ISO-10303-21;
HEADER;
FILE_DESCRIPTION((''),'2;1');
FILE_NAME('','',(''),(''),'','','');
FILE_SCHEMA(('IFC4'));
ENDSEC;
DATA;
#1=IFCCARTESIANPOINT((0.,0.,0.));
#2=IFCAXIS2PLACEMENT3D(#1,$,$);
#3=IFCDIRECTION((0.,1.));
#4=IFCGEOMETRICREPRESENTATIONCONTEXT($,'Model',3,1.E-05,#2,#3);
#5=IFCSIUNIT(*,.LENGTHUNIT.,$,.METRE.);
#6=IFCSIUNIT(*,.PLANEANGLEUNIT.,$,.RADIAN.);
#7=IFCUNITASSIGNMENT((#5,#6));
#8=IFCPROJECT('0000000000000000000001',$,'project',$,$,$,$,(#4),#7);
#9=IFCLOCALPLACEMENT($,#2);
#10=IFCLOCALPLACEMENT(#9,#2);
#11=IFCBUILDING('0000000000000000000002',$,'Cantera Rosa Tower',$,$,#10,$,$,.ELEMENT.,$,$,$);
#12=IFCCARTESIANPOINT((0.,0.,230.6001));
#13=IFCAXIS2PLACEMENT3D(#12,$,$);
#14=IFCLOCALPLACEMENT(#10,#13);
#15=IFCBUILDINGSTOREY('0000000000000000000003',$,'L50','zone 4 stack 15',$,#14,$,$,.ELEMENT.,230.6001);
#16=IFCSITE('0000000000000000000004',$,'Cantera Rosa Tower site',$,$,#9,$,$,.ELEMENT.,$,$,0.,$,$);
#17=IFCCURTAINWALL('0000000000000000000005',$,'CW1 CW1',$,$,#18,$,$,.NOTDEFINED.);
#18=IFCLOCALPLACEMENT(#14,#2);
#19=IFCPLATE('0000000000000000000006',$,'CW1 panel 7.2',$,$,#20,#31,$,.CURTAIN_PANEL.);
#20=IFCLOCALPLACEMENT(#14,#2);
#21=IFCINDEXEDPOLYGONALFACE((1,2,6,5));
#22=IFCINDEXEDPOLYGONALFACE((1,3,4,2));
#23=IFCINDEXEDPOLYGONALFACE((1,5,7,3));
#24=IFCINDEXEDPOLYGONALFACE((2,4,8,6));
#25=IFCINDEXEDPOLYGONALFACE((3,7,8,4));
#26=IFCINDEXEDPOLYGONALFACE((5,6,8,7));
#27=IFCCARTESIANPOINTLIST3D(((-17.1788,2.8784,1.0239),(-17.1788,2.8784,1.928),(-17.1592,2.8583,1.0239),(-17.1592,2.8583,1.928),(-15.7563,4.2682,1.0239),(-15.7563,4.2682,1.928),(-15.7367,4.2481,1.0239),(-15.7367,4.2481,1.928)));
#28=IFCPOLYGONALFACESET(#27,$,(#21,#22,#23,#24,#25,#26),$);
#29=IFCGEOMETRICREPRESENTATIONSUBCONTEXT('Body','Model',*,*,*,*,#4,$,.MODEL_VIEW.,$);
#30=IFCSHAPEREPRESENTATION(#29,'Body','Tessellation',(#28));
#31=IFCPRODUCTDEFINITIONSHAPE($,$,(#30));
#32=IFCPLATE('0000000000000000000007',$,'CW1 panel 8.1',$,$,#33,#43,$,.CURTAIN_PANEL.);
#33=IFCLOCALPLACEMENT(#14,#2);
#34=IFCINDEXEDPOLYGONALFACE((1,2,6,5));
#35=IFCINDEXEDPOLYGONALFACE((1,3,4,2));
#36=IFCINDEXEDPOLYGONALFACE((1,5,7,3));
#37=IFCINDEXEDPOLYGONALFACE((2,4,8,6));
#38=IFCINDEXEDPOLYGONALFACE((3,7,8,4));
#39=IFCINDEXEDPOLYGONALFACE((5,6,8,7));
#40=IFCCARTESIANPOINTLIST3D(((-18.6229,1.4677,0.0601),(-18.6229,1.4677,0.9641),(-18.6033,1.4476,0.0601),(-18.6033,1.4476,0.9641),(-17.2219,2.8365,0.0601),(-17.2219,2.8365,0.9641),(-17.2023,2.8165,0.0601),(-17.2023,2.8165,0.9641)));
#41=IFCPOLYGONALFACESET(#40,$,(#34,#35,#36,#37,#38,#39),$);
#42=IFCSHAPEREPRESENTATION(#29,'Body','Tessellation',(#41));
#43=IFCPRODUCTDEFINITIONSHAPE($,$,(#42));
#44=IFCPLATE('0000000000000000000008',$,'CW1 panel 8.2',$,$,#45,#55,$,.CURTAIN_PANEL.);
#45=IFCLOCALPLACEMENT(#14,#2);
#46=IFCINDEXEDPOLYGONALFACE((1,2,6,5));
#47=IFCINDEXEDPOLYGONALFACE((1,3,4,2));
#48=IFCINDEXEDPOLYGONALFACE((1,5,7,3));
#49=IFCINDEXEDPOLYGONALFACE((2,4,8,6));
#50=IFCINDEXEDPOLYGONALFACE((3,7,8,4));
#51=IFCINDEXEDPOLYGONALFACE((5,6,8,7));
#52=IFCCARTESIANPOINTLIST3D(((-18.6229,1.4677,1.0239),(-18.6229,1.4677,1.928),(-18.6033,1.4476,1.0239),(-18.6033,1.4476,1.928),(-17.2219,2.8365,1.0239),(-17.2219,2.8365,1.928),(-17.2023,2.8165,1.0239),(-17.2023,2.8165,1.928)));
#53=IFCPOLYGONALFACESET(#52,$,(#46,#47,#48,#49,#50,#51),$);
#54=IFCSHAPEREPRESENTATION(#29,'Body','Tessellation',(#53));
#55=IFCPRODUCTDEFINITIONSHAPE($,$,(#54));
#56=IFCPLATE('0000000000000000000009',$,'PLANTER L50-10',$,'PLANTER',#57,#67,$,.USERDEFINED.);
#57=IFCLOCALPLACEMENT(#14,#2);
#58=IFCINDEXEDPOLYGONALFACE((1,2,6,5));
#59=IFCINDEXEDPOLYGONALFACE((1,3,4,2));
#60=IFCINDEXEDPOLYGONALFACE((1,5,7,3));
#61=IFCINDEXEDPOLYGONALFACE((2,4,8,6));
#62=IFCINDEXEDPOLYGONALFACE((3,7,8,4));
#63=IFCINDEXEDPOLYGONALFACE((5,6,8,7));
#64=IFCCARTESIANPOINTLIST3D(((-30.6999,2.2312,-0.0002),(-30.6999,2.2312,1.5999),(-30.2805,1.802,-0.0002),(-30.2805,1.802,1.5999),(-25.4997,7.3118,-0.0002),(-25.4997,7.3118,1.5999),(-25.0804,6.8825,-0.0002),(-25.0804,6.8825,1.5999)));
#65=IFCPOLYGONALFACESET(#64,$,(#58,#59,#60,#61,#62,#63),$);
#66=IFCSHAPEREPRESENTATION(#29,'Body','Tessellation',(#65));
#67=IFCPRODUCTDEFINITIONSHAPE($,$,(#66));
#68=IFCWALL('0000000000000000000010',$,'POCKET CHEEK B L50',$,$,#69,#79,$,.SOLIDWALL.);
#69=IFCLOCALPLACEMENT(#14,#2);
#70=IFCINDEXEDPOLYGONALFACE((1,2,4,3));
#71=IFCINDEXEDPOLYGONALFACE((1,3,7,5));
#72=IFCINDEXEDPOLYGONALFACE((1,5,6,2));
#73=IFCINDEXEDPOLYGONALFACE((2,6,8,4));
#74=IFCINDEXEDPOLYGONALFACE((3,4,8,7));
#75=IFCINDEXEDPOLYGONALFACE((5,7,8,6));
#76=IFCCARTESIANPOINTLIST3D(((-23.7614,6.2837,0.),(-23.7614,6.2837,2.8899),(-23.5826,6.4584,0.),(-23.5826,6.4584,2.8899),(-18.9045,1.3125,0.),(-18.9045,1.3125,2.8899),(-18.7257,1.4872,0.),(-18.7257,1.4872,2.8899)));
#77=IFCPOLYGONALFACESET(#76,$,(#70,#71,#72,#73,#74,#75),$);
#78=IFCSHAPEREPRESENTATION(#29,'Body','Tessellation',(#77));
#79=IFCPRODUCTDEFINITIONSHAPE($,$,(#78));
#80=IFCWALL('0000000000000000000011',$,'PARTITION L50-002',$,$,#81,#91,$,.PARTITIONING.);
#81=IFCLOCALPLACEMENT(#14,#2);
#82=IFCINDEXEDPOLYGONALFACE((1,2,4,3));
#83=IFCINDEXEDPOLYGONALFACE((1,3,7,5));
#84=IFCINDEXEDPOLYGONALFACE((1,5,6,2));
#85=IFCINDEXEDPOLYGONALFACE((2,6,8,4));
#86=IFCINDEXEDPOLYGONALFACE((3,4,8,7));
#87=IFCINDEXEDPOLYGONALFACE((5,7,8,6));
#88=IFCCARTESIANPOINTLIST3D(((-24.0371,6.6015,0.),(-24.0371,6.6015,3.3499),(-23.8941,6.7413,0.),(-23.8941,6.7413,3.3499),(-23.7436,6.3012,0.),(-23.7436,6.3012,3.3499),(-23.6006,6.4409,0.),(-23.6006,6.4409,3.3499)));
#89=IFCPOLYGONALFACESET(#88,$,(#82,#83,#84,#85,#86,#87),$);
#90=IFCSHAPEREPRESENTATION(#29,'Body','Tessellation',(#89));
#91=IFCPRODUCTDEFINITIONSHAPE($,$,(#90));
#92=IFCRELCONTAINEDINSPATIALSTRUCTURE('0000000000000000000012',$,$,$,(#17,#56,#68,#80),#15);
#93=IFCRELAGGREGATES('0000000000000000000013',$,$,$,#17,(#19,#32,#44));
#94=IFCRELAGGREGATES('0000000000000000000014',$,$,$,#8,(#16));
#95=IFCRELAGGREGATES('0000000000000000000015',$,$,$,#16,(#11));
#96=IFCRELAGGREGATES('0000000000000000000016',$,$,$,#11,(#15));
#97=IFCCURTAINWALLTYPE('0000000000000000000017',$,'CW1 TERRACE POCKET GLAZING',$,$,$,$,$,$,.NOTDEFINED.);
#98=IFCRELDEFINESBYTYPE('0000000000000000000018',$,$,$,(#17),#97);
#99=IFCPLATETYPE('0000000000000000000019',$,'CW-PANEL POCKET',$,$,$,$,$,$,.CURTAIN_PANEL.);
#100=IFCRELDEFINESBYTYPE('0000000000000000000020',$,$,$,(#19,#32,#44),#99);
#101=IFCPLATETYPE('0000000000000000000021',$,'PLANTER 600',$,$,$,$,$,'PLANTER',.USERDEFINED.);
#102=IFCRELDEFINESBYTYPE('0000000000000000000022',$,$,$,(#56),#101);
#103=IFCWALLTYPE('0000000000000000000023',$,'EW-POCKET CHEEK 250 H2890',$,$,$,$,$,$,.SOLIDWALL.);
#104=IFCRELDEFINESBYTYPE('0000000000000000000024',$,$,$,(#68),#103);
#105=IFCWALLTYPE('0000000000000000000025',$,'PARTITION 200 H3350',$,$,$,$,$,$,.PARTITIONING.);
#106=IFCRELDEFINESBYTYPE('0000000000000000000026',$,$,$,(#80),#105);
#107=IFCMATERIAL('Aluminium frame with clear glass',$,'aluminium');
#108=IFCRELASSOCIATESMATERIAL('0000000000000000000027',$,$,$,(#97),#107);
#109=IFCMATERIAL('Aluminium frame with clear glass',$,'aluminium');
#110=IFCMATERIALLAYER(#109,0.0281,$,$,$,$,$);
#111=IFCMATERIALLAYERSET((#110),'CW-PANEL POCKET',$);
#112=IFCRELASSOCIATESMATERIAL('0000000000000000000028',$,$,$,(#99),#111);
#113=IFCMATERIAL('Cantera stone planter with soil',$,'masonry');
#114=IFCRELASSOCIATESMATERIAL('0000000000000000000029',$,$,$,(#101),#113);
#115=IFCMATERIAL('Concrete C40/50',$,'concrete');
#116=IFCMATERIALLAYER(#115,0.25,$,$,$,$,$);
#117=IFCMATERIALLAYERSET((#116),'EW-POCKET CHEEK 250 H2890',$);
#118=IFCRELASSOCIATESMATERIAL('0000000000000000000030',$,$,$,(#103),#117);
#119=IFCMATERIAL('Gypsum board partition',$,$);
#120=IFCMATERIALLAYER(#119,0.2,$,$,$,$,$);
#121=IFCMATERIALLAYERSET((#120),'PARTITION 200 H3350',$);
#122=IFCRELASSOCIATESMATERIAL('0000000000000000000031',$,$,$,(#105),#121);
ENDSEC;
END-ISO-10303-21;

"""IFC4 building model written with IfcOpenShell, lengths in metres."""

from ifc_helpers import new_model, si_unit, direction, frame, frame_2d, origin, origin_2d, place, context, subcontext, project, spatial, rectangle, extrude, material, layer, layer_set, type_object, element, aggregate, save


model = new_model("IFC4")

# Units and contexts
model_context = context("Model", 3, precision=1e-05, world=origin(), true_north=direction((0.0, 1.0)))
body_context = subcontext(model_context, "Body", "Model", "MODEL_VIEW")
ifc_project = project(units=[si_unit("LENGTHUNIT", "METRE"), si_unit("PLANEANGLEUNIT", "RADIAN")], contexts=[model_context])

# Site, building, storey
site_placement = place(None, origin())
site = spatial("IfcSite", under=ifc_project, at=site_placement, Name="Cantera Rosa Tower site", CompositionType="ELEMENT", RefElevation=0.0)
building_placement = place(site_placement, origin())
building = spatial("IfcBuilding", under=site, at=building_placement, Name="Cantera Rosa Tower", CompositionType="ELEMENT")
storey_placement = place(building_placement, frame((0.0, 0.0, 230.6001)))
storey = spatial("IfcBuildingStorey", under=building, at=storey_placement, Name="L50", Description="zone 4 stack 15", CompositionType="ELEMENT", Elevation=230.6001)

# Curtain wall
ifc_material_1 = material(Name="Aluminium frame with clear glass", Category="aluminium")
curtain_wall_type = type_object("IfcCurtainWallType", Name="CW1 TERRACE POCKET GLAZING", PredefinedType="NOTDEFINED", material=ifc_material_1)
curtain_wall_placement = place(storey_placement, origin())
curtain_wall = element("IfcCurtainWall", 1, at=curtain_wall_placement, inside=storey, type_object=curtain_wall_type, Name="CW1 CW1", PredefinedType="NOTDEFINED")

# Plates
ifc_material_2 = material(Name="Aluminium frame with clear glass", Category="aluminium")
ifc_layer_1 = layer(ifc_material_2, 0.0281)
ifc_layer_set_1 = layer_set([ifc_layer_1], Name="CW-PANEL POCKET")
plate_type_1 = type_object("IfcPlateType", Name="CW-PANEL POCKET", PredefinedType="CURTAIN_PANEL", material=ifc_layer_set_1)
plate_1_placement = place(storey_placement, frame((-16.4578, 3.5632, 1.0239), z_axis=(0.0, 0.0, 1.0), x_axis=(-0.715286, -0.698832, 0.0)))
plate_1 = element("IfcPlate", 2, at=plate_1_placement, type_object=plate_type_1, Name="CW1 panel 7.2", PredefinedType="CURTAIN_PANEL", context=body_context, shape_type="SweptSolid", body=[
    extrude(rectangle(XDim=1.9888, YDim=0.0281, at=origin_2d()), origin(), (0.0, 0.0, 1.0), 0.9041),
])
plate_2_placement = place(storey_placement, frame((-17.9126, 2.1421, 0.0601), z_axis=(0.0, 0.0, 1.0), x_axis=(-0.715286, -0.698832, 0.0)))
plate_2 = element("IfcPlate", 3, at=plate_2_placement, type_object=plate_type_1, Name="CW1 panel 8.1", PredefinedType="CURTAIN_PANEL", context=body_context, shape_type="SweptSolid", body=[
    extrude(rectangle(XDim=1.9587, YDim=0.0281, at=origin_2d()), origin(), (0.0, 0.0, 1.0), 0.9041),
])
plate_3_placement = place(storey_placement, frame((-17.9126, 2.1421, 1.0239), z_axis=(0.0, 0.0, 1.0), x_axis=(-0.715286, -0.698832, 0.0)))
plate_3 = element("IfcPlate", 4, at=plate_3_placement, type_object=plate_type_1, Name="CW1 panel 8.2", PredefinedType="CURTAIN_PANEL", context=body_context, shape_type="SweptSolid", body=[
    extrude(rectangle(XDim=1.9587, YDim=0.0281, at=origin_2d()), origin(), (0.0, 0.0, 1.0), 0.9041),
])
aggregate(curtain_wall, [plate_1, plate_2, plate_3])
ifc_material_3 = material(Name="Cantera stone planter with soil", Category="masonry")
plate_type_2 = type_object("IfcPlateType", Name="PLANTER 600", ElementType="PLANTER", PredefinedType="USERDEFINED", material=ifc_material_3)
plate_4_placement = place(storey_placement, frame((-27.8901, 4.5569, -0.0002), z_axis=(0.0, 0.0, 1.0), x_axis=(-0.715286, -0.698832, 0.0)))
element("IfcPlate", 5, at=plate_4_placement, inside=storey, type_object=plate_type_2, Name="PLANTER L50-10", ObjectType="PLANTER", PredefinedType="USERDEFINED", context=body_context, shape_type="SweptSolid", body=[
    extrude(rectangle(XDim=7.27, YDim=0.6001, at=origin_2d()), origin(), (0.0, 0.0, 1.0), 1.6001),
])

# Walls
ifc_material_4 = material(Name="Concrete C40/50", Category="concrete")
ifc_layer_2 = layer(ifc_material_4, 0.25)
ifc_layer_set_2 = layer_set([ifc_layer_2], Name="EW-POCKET CHEEK 250 H2890")
wall_type_1 = type_object("IfcWallType", Name="EW-POCKET CHEEK 250 H2890", PredefinedType="SOLIDWALL", material=ifc_layer_set_2)
wall_1_placement = place(storey_placement, frame((-23.6721, 6.3711, 0.0), z_axis=(0.0, 0.0, 1.0), x_axis=(0.698839, -0.715279, 0.0)))
element("IfcWall", 6, at=wall_1_placement, inside=storey, type_object=wall_type_1, Name="POCKET CHEEK B L50", PredefinedType="SOLIDWALL", context=body_context, shape_type="SweptSolid", body=[
    extrude(rectangle(XDim=6.95, YDim=0.25, at=frame_2d((3.4751, 0.0))), origin(), (0.0, 0.0, 1.0), 2.8899),
])
ifc_material_5 = material(Name="Gypsum board partition")
ifc_layer_3 = layer(ifc_material_5, 0.2)
ifc_layer_set_3 = layer_set([ifc_layer_3], Name="PARTITION 200 H3350")
wall_type_2 = type_object("IfcWallType", Name="PARTITION 200 H3350", PredefinedType="PARTITIONING", material=ifc_layer_set_3)
wall_2_placement = place(storey_placement, frame((-23.9656, 6.6714, 0.0), z_axis=(0.0, 0.0, 1.0), x_axis=(0.698919, -0.7152, 0.0)))
element("IfcWall", 7, at=wall_2_placement, inside=storey, type_object=wall_type_2, Name="PARTITION L50-002", PredefinedType="PARTITIONING", context=body_context, shape_type="SweptSolid", body=[
    extrude(rectangle(XDim=0.4199, YDim=0.2, at=frame_2d((0.21, 0.0))), origin(), (0.0, 0.0, 1.0), 3.3499),
])

save(model, "model.ifc")
